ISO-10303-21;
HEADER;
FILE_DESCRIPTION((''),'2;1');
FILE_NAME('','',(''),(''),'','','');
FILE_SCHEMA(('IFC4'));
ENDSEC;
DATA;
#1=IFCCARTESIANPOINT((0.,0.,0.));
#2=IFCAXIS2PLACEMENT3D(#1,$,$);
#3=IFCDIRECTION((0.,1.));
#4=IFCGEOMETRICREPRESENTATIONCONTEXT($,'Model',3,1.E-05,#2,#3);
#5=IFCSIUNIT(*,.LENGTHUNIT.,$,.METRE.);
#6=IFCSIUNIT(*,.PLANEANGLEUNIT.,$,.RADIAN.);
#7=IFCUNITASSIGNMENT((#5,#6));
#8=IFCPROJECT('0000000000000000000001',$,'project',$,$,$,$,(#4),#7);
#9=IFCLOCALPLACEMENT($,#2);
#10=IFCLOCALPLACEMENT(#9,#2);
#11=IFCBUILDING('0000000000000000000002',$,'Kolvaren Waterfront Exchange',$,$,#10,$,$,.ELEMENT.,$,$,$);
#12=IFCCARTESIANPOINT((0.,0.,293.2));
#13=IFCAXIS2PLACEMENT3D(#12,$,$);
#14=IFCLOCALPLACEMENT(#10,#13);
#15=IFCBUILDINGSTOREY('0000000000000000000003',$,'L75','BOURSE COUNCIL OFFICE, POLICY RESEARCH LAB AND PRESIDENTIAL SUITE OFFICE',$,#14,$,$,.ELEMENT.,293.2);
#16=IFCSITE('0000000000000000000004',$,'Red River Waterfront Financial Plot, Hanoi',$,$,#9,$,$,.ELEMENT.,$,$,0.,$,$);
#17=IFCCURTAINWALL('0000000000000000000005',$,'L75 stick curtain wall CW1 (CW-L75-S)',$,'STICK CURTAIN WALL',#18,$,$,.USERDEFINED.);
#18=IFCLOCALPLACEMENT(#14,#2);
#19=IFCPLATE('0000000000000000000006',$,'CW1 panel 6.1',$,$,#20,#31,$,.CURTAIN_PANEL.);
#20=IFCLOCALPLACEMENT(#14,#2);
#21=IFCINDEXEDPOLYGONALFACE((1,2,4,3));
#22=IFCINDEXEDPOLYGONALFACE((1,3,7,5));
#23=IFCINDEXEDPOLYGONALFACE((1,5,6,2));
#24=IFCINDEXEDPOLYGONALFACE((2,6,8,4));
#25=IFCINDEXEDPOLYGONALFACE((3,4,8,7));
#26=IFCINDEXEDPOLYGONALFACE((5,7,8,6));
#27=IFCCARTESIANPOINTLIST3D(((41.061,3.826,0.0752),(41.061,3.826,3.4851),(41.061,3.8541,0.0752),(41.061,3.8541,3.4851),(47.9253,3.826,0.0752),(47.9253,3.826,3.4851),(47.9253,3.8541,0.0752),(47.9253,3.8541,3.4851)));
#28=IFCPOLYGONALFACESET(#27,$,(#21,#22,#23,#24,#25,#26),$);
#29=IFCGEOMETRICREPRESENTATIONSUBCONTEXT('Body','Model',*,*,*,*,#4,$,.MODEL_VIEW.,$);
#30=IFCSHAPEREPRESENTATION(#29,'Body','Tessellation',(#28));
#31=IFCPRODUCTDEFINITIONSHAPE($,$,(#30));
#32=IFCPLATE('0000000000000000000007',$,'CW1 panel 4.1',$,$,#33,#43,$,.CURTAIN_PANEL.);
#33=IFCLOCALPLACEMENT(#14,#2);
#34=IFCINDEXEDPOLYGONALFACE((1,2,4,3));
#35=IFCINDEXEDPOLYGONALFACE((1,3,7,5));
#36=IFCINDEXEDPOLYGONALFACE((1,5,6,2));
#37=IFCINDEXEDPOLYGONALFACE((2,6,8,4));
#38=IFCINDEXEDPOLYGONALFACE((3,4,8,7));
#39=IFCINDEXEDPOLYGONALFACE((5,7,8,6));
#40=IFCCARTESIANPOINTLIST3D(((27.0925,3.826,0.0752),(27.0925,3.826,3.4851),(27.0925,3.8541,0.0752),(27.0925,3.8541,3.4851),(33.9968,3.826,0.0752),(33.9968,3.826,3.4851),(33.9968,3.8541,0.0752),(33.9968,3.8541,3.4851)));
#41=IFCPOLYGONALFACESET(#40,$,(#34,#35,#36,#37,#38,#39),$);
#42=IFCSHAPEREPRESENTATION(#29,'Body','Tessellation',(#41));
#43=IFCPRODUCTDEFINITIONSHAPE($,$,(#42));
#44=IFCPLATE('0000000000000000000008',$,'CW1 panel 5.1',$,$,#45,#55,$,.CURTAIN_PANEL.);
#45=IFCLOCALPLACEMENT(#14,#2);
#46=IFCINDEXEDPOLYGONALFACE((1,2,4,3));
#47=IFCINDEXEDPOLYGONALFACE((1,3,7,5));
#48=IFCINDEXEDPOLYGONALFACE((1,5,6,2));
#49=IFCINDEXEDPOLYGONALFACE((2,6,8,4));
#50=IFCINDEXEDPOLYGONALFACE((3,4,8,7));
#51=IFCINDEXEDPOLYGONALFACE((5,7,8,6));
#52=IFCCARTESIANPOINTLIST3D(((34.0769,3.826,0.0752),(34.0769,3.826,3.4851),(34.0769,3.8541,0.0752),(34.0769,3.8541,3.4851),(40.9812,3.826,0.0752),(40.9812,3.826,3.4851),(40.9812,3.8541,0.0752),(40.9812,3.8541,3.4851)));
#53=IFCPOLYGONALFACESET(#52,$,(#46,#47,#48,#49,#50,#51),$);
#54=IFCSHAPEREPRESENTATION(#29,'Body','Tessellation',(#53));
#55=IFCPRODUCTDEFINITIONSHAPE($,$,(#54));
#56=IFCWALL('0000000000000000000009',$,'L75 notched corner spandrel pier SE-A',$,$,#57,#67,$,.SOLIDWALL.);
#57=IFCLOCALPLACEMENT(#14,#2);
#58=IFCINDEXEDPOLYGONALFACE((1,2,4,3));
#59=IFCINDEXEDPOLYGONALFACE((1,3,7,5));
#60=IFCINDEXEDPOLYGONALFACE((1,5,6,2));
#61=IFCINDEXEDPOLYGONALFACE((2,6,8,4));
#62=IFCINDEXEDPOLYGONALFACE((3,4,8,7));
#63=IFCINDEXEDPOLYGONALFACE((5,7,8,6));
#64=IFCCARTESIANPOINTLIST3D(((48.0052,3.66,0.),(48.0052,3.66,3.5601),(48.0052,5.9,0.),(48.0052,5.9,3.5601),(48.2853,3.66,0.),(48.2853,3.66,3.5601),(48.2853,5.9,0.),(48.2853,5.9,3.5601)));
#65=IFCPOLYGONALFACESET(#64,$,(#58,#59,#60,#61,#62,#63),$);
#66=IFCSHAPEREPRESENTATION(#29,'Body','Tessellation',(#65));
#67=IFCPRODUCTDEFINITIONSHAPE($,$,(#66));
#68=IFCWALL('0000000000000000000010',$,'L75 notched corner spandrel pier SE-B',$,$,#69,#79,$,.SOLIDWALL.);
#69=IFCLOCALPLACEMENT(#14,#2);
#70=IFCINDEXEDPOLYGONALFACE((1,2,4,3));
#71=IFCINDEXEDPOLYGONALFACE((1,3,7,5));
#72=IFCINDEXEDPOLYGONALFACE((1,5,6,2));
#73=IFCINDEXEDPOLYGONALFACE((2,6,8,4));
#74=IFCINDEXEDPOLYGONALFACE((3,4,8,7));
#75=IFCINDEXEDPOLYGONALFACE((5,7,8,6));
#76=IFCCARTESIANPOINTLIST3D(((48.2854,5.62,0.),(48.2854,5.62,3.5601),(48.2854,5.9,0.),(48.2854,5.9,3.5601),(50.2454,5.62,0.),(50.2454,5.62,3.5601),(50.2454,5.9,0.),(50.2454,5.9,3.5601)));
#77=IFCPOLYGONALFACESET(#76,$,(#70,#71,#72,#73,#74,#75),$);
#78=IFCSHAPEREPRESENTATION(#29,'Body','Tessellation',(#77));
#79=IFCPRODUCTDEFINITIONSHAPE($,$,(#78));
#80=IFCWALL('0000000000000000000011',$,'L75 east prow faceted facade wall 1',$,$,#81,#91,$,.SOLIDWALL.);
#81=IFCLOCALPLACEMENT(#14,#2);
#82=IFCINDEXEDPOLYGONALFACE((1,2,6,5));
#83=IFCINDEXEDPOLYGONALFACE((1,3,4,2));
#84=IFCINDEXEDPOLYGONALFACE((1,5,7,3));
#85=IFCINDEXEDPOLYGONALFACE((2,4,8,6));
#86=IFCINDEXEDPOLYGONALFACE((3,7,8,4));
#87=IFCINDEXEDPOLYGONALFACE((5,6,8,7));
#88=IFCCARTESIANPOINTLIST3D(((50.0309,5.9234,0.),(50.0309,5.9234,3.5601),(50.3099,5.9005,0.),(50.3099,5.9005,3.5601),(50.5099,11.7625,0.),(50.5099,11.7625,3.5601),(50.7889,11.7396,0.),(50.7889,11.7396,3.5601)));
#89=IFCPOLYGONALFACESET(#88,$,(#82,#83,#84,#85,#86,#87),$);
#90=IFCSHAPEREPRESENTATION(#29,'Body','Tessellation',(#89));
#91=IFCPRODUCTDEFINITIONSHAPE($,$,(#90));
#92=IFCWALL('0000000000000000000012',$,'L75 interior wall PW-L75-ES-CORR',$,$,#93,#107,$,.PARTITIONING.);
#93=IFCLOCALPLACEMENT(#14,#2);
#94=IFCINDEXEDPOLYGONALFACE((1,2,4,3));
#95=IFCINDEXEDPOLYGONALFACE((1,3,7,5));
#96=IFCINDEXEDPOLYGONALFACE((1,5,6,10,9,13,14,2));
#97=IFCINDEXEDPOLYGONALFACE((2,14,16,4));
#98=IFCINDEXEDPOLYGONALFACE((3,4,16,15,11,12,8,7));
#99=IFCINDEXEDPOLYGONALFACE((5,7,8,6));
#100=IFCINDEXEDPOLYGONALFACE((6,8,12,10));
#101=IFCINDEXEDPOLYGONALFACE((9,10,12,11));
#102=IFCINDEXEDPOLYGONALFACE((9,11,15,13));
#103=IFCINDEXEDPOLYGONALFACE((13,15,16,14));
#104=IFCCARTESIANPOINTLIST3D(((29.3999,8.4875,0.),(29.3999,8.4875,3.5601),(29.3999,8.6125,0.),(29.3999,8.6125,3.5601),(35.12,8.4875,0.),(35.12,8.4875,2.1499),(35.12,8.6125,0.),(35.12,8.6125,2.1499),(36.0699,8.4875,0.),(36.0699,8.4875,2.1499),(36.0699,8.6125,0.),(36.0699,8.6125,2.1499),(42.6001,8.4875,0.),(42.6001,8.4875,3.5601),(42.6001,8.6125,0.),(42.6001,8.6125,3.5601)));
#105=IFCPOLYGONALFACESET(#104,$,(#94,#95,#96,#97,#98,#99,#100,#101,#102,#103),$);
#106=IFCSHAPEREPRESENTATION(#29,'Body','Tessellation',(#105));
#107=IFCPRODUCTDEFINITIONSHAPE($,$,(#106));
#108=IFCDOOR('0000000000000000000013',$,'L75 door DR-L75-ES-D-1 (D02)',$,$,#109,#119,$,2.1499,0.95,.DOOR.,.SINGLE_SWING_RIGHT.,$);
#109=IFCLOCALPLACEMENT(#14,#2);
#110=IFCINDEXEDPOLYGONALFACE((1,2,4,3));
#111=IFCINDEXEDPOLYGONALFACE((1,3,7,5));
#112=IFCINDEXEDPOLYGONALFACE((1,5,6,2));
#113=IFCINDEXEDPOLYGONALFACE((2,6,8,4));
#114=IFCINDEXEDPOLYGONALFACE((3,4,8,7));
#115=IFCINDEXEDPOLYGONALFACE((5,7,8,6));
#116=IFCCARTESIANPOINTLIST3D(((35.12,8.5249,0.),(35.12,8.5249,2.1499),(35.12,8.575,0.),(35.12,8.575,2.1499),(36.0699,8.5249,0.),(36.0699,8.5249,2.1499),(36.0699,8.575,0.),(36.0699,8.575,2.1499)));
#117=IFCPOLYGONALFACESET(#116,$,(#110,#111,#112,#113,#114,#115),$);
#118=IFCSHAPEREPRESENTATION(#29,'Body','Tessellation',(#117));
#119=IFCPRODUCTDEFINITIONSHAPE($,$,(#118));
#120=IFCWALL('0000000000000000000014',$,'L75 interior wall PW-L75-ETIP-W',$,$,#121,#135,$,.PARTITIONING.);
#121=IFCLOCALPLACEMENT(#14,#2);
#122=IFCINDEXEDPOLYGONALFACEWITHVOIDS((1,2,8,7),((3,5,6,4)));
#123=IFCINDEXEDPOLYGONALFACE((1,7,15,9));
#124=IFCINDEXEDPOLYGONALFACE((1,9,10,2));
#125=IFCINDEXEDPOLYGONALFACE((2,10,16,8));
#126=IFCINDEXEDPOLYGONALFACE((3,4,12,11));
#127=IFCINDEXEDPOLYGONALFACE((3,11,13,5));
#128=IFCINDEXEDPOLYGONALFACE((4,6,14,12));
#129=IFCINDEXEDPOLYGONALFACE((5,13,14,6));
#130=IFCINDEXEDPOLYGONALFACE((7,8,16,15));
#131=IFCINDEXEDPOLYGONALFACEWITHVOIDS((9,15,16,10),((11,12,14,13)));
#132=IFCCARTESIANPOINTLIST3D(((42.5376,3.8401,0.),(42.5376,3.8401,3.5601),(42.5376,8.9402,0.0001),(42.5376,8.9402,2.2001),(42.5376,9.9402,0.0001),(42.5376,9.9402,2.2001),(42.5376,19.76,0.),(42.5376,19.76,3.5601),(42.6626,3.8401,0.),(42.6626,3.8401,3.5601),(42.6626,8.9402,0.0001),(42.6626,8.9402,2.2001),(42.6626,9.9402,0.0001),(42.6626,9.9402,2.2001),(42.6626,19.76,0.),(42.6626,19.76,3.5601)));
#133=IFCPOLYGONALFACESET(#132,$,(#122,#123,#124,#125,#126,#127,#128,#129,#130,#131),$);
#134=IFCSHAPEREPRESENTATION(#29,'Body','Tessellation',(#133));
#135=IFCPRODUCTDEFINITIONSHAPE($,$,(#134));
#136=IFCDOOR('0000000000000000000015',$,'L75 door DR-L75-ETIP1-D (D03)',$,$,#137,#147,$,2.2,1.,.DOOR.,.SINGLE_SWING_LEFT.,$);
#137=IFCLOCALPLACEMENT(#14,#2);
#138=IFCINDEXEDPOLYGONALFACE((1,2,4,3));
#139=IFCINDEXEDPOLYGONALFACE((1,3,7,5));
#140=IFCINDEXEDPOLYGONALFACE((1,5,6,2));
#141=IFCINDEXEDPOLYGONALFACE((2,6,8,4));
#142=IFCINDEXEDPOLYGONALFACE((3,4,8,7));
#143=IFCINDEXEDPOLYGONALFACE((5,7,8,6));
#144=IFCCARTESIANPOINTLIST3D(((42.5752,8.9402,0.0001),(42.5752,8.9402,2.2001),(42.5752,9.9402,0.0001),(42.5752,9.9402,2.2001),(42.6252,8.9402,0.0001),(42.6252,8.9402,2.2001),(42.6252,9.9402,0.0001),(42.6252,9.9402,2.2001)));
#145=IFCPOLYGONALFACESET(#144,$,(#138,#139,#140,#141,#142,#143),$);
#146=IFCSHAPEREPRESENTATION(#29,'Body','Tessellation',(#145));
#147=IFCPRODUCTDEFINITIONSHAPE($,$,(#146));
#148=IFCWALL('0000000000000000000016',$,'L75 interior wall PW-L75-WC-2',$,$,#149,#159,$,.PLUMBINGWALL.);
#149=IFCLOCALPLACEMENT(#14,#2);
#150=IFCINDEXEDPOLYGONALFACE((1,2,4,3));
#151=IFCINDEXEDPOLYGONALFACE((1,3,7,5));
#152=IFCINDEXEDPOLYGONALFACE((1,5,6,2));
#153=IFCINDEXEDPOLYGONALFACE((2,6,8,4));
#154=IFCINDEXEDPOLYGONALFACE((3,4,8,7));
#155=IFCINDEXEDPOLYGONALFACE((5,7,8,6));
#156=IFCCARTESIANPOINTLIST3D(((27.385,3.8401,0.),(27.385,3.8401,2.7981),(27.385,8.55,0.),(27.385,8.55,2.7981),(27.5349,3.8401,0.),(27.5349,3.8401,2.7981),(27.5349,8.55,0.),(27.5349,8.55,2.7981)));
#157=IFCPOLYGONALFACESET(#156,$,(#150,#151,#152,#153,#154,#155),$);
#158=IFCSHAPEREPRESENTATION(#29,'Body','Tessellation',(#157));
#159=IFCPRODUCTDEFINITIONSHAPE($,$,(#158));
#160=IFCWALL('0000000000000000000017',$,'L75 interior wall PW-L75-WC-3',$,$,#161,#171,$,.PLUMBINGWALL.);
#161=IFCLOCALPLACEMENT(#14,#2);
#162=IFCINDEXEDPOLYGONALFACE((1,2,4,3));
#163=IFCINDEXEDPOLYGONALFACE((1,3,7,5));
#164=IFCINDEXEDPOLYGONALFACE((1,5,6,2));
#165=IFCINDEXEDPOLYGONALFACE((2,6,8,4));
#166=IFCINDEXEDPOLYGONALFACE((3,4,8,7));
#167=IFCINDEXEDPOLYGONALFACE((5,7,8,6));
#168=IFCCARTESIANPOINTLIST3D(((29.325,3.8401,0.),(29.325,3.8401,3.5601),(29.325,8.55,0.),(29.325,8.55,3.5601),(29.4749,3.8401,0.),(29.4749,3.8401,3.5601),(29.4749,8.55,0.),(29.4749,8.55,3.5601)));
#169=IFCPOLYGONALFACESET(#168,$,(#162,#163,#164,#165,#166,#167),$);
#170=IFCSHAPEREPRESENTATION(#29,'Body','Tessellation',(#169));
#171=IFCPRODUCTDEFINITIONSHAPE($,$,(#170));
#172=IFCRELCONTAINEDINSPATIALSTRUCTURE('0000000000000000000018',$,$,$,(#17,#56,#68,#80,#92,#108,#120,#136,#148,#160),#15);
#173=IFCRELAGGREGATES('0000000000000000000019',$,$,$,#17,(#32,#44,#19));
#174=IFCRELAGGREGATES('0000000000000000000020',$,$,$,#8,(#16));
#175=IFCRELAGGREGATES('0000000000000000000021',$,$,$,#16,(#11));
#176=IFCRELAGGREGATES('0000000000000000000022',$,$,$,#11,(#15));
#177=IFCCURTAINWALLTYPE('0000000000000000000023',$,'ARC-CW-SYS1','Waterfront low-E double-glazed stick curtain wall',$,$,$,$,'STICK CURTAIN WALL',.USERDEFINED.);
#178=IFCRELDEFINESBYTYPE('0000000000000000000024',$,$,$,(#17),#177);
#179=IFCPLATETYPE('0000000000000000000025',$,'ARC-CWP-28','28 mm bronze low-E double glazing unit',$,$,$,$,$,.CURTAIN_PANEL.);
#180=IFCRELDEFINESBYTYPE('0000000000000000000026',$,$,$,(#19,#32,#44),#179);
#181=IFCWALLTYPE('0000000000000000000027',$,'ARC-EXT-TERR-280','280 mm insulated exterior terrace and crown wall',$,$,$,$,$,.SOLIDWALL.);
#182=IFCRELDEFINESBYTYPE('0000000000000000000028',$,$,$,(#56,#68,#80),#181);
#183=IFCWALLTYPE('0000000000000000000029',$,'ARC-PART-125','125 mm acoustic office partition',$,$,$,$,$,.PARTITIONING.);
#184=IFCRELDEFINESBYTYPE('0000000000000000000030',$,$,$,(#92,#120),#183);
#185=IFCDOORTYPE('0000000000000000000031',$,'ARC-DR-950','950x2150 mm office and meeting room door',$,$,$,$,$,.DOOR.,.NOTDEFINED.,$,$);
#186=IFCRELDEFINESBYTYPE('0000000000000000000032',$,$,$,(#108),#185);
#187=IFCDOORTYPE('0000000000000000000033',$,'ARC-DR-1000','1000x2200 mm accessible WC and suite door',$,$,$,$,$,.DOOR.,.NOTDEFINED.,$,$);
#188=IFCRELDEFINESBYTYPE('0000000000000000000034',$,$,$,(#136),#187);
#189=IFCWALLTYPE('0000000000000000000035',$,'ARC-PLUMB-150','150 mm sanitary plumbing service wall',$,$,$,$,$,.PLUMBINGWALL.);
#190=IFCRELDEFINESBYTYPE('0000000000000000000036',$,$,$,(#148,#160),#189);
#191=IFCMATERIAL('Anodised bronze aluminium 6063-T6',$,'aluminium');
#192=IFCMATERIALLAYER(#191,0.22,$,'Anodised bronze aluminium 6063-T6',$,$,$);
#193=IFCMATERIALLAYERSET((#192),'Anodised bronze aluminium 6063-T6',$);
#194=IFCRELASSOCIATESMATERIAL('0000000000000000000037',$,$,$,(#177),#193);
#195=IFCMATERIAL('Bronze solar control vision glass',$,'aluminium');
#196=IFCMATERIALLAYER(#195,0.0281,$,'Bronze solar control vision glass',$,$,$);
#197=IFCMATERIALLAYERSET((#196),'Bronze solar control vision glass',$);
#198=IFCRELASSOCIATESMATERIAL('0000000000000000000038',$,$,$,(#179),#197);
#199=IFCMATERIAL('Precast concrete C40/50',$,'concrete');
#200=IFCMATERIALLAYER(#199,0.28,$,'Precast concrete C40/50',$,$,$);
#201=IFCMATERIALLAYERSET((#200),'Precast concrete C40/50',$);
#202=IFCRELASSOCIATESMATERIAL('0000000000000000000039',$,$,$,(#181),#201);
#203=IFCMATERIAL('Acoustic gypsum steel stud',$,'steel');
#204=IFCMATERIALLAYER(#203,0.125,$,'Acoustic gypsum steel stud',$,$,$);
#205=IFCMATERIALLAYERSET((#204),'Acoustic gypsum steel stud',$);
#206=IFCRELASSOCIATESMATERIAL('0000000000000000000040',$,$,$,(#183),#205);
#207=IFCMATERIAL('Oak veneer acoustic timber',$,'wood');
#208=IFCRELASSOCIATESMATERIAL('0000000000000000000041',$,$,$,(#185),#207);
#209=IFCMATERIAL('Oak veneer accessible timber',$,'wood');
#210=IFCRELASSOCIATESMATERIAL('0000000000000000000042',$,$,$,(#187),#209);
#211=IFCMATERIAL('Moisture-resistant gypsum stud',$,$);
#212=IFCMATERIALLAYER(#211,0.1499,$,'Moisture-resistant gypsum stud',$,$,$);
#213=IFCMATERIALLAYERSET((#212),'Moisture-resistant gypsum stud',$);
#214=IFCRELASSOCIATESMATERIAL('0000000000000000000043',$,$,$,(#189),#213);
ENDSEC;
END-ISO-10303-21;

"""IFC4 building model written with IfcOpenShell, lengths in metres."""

from ifc_helpers import new_model, si_unit, direction, frame, frame_2d, origin, origin_with_axes, origin_2d, place, context, subcontext, project, spatial, rectangle, extrude, source, transform, mapped, material, layer, layer_set, type_object, element, fill, aggregate, save


model = new_model("IFC4")

# Units and contexts
model_context = context("Model", 3, precision=1e-05, world=origin(), true_north=direction((0.0, 1.0)))
body_context = subcontext(model_context, "Body", "Model", "MODEL_VIEW")
ifc_project = project(units=[si_unit("LENGTHUNIT", "METRE"), si_unit("PLANEANGLEUNIT", "RADIAN")], contexts=[model_context])

# Site, building, storey
site_placement = place(None, origin())
site = spatial("IfcSite", under=ifc_project, at=site_placement, Name="Red River Waterfront Financial Plot, Hanoi", CompositionType="ELEMENT", RefElevation=0.0)
building_placement = place(site_placement, origin())
building = spatial("IfcBuilding", under=site, at=building_placement, Name="Kolvaren Waterfront Exchange", CompositionType="ELEMENT")
storey_placement = place(building_placement, frame((0.0, 0.0, 293.2)))
storey = spatial("IfcBuildingStorey", under=building, at=storey_placement, Name="L75", Description="BOURSE COUNCIL OFFICE, POLICY RESEARCH LAB AND PRESIDENTIAL SUITE OFFICE", CompositionType="ELEMENT", Elevation=293.2)

# Shared definitions
ifc_material_1 = material(Name="Anodised bronze aluminium 6063-T6", Category="aluminium")

# Curtain wall
ifc_layer_1 = layer(ifc_material_1, 0.22, Name="Anodised bronze aluminium 6063-T6")
ifc_layer_set_1 = layer_set([ifc_layer_1], Name="Anodised bronze aluminium 6063-T6")
curtain_wall_type_1 = type_object("IfcCurtainWallType", Name="ARC-CW-SYS1", Description="Waterfront low-E double-glazed stick curtain wall", ElementType="STICK CURTAIN WALL", PredefinedType="USERDEFINED", material=ifc_layer_set_1)
curtain_wall_1_placement = place(storey_placement, origin())
curtain_wall_1 = element("IfcCurtainWall", 1, at=curtain_wall_1_placement, inside=storey, type_object=curtain_wall_type_1, Name="L75 stick curtain wall CW1 (CW-L75-S)", ObjectType="STICK CURTAIN WALL", PredefinedType="USERDEFINED")

# Plates
ifc_material_2 = material(Name="Bronze solar control vision glass", Category="aluminium")
ifc_layer_2 = layer(ifc_material_2, 0.0281, Name="Bronze solar control vision glass")
ifc_layer_set_2 = layer_set([ifc_layer_2], Name="Bronze solar control vision glass")
plate_type_1 = type_object("IfcPlateType", Name="ARC-CWP-28", Description="28 mm bronze low-E double glazing unit", PredefinedType="CURTAIN_PANEL", material=ifc_layer_set_2)
shared_shape_1 = source(origin_with_axes(), body_context, "Body", "SweptSolid", [
    extrude(rectangle(XDim=6.8643, YDim=0.0281, at=origin_2d()), origin(), (0.0, 0.0, 1.0), 3.4099),
])
plate_1_placement = place(storey_placement, frame((44.4932, 3.8401, 0.0752), z_axis=(0.0, 0.0, 1.0), x_axis=(1.0, 0.0, 0.0)))
plate_1 = element("IfcPlate", 2, at=plate_1_placement, type_object=plate_type_1, Name="CW1 panel 6.1", PredefinedType="CURTAIN_PANEL", context=body_context, shape_type="MappedRepresentation", body=[
    mapped(shared_shape_1, transform((0.0, 0.0, 0.0), x_axis=(1.0, 0.0, 0.0), y_axis=(0.0, 1.0, 0.0), z_axis=(0.0, 0.0, 1.0), scale=1.0)),
])
shared_shape_2 = source(origin_with_axes(), body_context, "Body", "SweptSolid", [
    extrude(rectangle(XDim=6.9043, YDim=0.0281, at=origin_2d()), origin(), (0.0, 0.0, 1.0), 3.4099),
])
plate_2_placement = place(storey_placement, frame((30.5447, 3.8401, 0.0752), z_axis=(0.0, 0.0, 1.0), x_axis=(1.0, 0.0, 0.0)))
plate_2 = element("IfcPlate", 3, at=plate_2_placement, type_object=plate_type_1, Name="CW1 panel 4.1", PredefinedType="CURTAIN_PANEL", context=body_context, shape_type="MappedRepresentation", body=[
    mapped(shared_shape_2, transform((0.0, 0.0, 0.0), x_axis=(1.0, 0.0, 0.0), y_axis=(0.0, 1.0, 0.0), z_axis=(0.0, 0.0, 1.0), scale=1.0)),
])
plate_3_placement = place(storey_placement, frame((37.5291, 3.8401, 0.0752), z_axis=(0.0, 0.0, 1.0), x_axis=(1.0, 0.0, 0.0)))
plate_3 = element("IfcPlate", 4, at=plate_3_placement, type_object=plate_type_1, Name="CW1 panel 5.1", PredefinedType="CURTAIN_PANEL", context=body_context, shape_type="MappedRepresentation", body=[
    mapped(shared_shape_2, transform((0.0, 0.0, 0.0), x_axis=(1.0, 0.0, 0.0), y_axis=(0.0, 1.0, 0.0), z_axis=(0.0, 0.0, 1.0), scale=1.0)),
])
aggregate(curtain_wall_1, [plate_2, plate_3, plate_1])

# Walls
ifc_material_3 = material(Name="Precast concrete C40/50", Category="concrete")
ifc_layer_3 = layer(ifc_material_3, 0.28, Name="Precast concrete C40/50")
ifc_layer_set_3 = layer_set([ifc_layer_3], Name="Precast concrete C40/50")
wall_type_1 = type_object("IfcWallType", Name="ARC-EXT-TERR-280", Description="280 mm insulated exterior terrace and crown wall", PredefinedType="SOLIDWALL", material=ifc_layer_set_3)
wall_1_placement = place(storey_placement, frame((48.1453, 3.6599, 0.0), z_axis=(0.0, 0.0, 1.0), x_axis=(0.0, 1.0, 0.0)))
element("IfcWall", 5, at=wall_1_placement, inside=storey, type_object=wall_type_1, Name="L75 notched corner spandrel pier SE-A", PredefinedType="SOLIDWALL", context=body_context, shape_type="SweptSolid", body=[
    extrude(rectangle(XDim=2.24, YDim=0.28, at=frame_2d((1.1201, 0.0))), origin(), (0.0, 0.0, 1.0), 3.5601),
])
wall_2_placement = place(storey_placement, frame((48.2854, 5.76, 0.0), z_axis=(0.0, 0.0, 1.0), x_axis=(1.0, 0.0, 0.0)))
element("IfcWall", 6, at=wall_2_placement, inside=storey, type_object=wall_type_1, Name="L75 notched corner spandrel pier SE-B", PredefinedType="SOLIDWALL", context=body_context, shape_type="SweptSolid", body=[
    extrude(rectangle(XDim=1.96, YDim=0.28, at=frame_2d((0.98, 0.0))), origin(), (0.0, 0.0, 1.0), 3.5601),
])
wall_3_placement = place(storey_placement, frame((50.1704, 5.9121, 0.0), z_axis=(0.0, 0.0, 1.0), x_axis=(0.081759, 0.996652, 0.0)))
element("IfcWall", 7, at=wall_3_placement, inside=storey, type_object=wall_type_1, Name="L75 east prow faceted facade wall 1", PredefinedType="SOLIDWALL", context=body_context, shape_type="SweptSolid", body=[
    extrude(rectangle(XDim=5.8586, YDim=0.28, at=frame_2d((2.9292, 0.0))), origin(), (0.0, 0.0, 1.0), 3.5601),
])

# Walls, openings, doors
ifc_material_4 = material(Name="Acoustic gypsum steel stud", Category="steel")
ifc_layer_4 = layer(ifc_material_4, 0.125, Name="Acoustic gypsum steel stud")
ifc_layer_set_4 = layer_set([ifc_layer_4], Name="Acoustic gypsum steel stud")
wall_type_2 = type_object("IfcWallType", Name="ARC-PART-125", Description="125 mm acoustic office partition", PredefinedType="PARTITIONING", material=ifc_layer_set_4)
wall_4_placement = place(storey_placement, frame((29.3999, 8.55, 0.0), z_axis=(0.0, 0.0, 1.0), x_axis=(1.0, 0.0, 0.0)))
wall_4 = element("IfcWall", 8, at=wall_4_placement, inside=storey, type_object=wall_type_2, Name="L75 interior wall PW-L75-ES-CORR", PredefinedType="PARTITIONING", context=body_context, shape_type="SweptSolid", body=[
    extrude(rectangle(XDim=13.2002, YDim=0.125, at=frame_2d((6.6001, 0.0))), origin(), (0.0, 0.0, 1.0), 3.5601),
])
opening_1_placement = place(wall_4_placement, frame((5.72, 0.0, 0.0)))
opening_1 = element("IfcOpeningElement", 9, at=opening_1_placement, cuts=wall_4, PredefinedType="OPENING", context=body_context, shape_type="SweptSolid", body=[
    extrude(rectangle(XDim=0.95, YDim=2.1499, at=frame_2d((0.4751, 1.075))), frame((0.0, 0.0725, 0.0), z_axis=(0.0, -1.0, 0.0), x_axis=(1.0, 0.0, 0.0)), (0.0, 0.0, 1.0), 0.145),
])
ifc_material_5 = material(Name="Oak veneer acoustic timber", Category="wood")
door_type_1 = type_object("IfcDoorType", Name="ARC-DR-950", Description="950x2150 mm office and meeting room door", OperationType="NOTDEFINED", PredefinedType="DOOR", material=ifc_material_5)
door_1_placement = place(opening_1_placement, origin())
door_1 = element("IfcDoor", 10, at=door_1_placement, inside=storey, type_object=door_type_1, Name="L75 door DR-L75-ES-D-1 (D02)", OperationType="SINGLE_SWING_RIGHT", OverallHeight=2.1499, OverallWidth=0.95, PredefinedType="DOOR", context=body_context, shape_type="SweptSolid", body=[
    extrude(rectangle(XDim=0.95, YDim=2.1499, at=frame_2d((0.4751, 1.075))), frame((0.0, 0.0249, 0.0), z_axis=(0.0, -1.0, 0.0), x_axis=(1.0, 0.0, 0.0)), (0.0, 0.0, 1.0), 0.05),
])
fill(opening_1, door_1)
wall_5_placement = place(storey_placement, frame((42.6001, 3.8401, 0.0), z_axis=(0.0, 0.0, 1.0), x_axis=(0.0, 1.0, 0.0)))
wall_5 = element("IfcWall", 11, at=wall_5_placement, inside=storey, type_object=wall_type_2, Name="L75 interior wall PW-L75-ETIP-W", PredefinedType="PARTITIONING", context=body_context, shape_type="SweptSolid", body=[
    extrude(rectangle(XDim=15.9199, YDim=0.125, at=frame_2d((7.96, 0.0))), origin(), (0.0, 0.0, 1.0), 3.5601),
])
opening_2_placement = place(wall_5_placement, frame((5.1001, 0.0, 0.0)))
opening_2 = element("IfcOpeningElement", 12, at=opening_2_placement, cuts=wall_5, PredefinedType="OPENING", context=body_context, shape_type="SweptSolid", body=[
    extrude(rectangle(XDim=1.0, YDim=2.2, at=frame_2d((0.5, 1.1001))), frame((0.0, 0.0725, 0.0), z_axis=(0.0, -1.0, 0.0), x_axis=(1.0, 0.0, 0.0)), (0.0, 0.0, 1.0), 0.145),
])
ifc_material_6 = material(Name="Oak veneer accessible timber", Category="wood")
door_type_2 = type_object("IfcDoorType", Name="ARC-DR-1000", Description="1000x2200 mm accessible WC and suite door", OperationType="NOTDEFINED", PredefinedType="DOOR", material=ifc_material_6)
door_2_placement = place(opening_2_placement, origin())
door_2 = element("IfcDoor", 13, at=door_2_placement, inside=storey, type_object=door_type_2, Name="L75 door DR-L75-ETIP1-D (D03)", OperationType="SINGLE_SWING_LEFT", OverallHeight=2.2, OverallWidth=1.0, PredefinedType="DOOR", context=body_context, shape_type="SweptSolid", body=[
    extrude(rectangle(XDim=1.0, YDim=2.2, at=frame_2d((0.5, 1.1001))), frame((0.0, 0.0249, 0.0), z_axis=(0.0, -1.0, 0.0), x_axis=(1.0, 0.0, 0.0)), (0.0, 0.0, 1.0), 0.05),
])
fill(opening_2, door_2)

# Walls
ifc_material_7 = material(Name="Moisture-resistant gypsum stud")
ifc_layer_5 = layer(ifc_material_7, 0.1499, Name="Moisture-resistant gypsum stud")
ifc_layer_set_5 = layer_set([ifc_layer_5], Name="Moisture-resistant gypsum stud")
wall_type_3 = type_object("IfcWallType", Name="ARC-PLUMB-150", Description="150 mm sanitary plumbing service wall", PredefinedType="PLUMBINGWALL", material=ifc_layer_set_5)
wall_6_placement = place(storey_placement, frame((27.46, 3.8401, 0.0), z_axis=(0.0, 0.0, 1.0), x_axis=(0.0, 1.0, 0.0)))
element("IfcWall", 14, at=wall_6_placement, inside=storey, type_object=wall_type_3, Name="L75 interior wall PW-L75-WC-2", PredefinedType="PLUMBINGWALL", context=body_context, shape_type="SweptSolid", body=[
    extrude(rectangle(XDim=4.71, YDim=0.1499, at=frame_2d((2.355, 0.0))), origin(), (0.0, 0.0, 1.0), 2.7981),
])
wall_7_placement = place(storey_placement, frame((29.3999, 3.8401, 0.0), z_axis=(0.0, 0.0, 1.0), x_axis=(0.0, 1.0, 0.0)))
element("IfcWall", 15, at=wall_7_placement, inside=storey, type_object=wall_type_3, Name="L75 interior wall PW-L75-WC-3", PredefinedType="PLUMBINGWALL", context=body_context, shape_type="SweptSolid", body=[
    extrude(rectangle(XDim=4.71, YDim=0.1499, at=frame_2d((2.355, 0.0))), origin(), (0.0, 0.0, 1.0), 3.5601),
])

save(model, "model.ifc")
